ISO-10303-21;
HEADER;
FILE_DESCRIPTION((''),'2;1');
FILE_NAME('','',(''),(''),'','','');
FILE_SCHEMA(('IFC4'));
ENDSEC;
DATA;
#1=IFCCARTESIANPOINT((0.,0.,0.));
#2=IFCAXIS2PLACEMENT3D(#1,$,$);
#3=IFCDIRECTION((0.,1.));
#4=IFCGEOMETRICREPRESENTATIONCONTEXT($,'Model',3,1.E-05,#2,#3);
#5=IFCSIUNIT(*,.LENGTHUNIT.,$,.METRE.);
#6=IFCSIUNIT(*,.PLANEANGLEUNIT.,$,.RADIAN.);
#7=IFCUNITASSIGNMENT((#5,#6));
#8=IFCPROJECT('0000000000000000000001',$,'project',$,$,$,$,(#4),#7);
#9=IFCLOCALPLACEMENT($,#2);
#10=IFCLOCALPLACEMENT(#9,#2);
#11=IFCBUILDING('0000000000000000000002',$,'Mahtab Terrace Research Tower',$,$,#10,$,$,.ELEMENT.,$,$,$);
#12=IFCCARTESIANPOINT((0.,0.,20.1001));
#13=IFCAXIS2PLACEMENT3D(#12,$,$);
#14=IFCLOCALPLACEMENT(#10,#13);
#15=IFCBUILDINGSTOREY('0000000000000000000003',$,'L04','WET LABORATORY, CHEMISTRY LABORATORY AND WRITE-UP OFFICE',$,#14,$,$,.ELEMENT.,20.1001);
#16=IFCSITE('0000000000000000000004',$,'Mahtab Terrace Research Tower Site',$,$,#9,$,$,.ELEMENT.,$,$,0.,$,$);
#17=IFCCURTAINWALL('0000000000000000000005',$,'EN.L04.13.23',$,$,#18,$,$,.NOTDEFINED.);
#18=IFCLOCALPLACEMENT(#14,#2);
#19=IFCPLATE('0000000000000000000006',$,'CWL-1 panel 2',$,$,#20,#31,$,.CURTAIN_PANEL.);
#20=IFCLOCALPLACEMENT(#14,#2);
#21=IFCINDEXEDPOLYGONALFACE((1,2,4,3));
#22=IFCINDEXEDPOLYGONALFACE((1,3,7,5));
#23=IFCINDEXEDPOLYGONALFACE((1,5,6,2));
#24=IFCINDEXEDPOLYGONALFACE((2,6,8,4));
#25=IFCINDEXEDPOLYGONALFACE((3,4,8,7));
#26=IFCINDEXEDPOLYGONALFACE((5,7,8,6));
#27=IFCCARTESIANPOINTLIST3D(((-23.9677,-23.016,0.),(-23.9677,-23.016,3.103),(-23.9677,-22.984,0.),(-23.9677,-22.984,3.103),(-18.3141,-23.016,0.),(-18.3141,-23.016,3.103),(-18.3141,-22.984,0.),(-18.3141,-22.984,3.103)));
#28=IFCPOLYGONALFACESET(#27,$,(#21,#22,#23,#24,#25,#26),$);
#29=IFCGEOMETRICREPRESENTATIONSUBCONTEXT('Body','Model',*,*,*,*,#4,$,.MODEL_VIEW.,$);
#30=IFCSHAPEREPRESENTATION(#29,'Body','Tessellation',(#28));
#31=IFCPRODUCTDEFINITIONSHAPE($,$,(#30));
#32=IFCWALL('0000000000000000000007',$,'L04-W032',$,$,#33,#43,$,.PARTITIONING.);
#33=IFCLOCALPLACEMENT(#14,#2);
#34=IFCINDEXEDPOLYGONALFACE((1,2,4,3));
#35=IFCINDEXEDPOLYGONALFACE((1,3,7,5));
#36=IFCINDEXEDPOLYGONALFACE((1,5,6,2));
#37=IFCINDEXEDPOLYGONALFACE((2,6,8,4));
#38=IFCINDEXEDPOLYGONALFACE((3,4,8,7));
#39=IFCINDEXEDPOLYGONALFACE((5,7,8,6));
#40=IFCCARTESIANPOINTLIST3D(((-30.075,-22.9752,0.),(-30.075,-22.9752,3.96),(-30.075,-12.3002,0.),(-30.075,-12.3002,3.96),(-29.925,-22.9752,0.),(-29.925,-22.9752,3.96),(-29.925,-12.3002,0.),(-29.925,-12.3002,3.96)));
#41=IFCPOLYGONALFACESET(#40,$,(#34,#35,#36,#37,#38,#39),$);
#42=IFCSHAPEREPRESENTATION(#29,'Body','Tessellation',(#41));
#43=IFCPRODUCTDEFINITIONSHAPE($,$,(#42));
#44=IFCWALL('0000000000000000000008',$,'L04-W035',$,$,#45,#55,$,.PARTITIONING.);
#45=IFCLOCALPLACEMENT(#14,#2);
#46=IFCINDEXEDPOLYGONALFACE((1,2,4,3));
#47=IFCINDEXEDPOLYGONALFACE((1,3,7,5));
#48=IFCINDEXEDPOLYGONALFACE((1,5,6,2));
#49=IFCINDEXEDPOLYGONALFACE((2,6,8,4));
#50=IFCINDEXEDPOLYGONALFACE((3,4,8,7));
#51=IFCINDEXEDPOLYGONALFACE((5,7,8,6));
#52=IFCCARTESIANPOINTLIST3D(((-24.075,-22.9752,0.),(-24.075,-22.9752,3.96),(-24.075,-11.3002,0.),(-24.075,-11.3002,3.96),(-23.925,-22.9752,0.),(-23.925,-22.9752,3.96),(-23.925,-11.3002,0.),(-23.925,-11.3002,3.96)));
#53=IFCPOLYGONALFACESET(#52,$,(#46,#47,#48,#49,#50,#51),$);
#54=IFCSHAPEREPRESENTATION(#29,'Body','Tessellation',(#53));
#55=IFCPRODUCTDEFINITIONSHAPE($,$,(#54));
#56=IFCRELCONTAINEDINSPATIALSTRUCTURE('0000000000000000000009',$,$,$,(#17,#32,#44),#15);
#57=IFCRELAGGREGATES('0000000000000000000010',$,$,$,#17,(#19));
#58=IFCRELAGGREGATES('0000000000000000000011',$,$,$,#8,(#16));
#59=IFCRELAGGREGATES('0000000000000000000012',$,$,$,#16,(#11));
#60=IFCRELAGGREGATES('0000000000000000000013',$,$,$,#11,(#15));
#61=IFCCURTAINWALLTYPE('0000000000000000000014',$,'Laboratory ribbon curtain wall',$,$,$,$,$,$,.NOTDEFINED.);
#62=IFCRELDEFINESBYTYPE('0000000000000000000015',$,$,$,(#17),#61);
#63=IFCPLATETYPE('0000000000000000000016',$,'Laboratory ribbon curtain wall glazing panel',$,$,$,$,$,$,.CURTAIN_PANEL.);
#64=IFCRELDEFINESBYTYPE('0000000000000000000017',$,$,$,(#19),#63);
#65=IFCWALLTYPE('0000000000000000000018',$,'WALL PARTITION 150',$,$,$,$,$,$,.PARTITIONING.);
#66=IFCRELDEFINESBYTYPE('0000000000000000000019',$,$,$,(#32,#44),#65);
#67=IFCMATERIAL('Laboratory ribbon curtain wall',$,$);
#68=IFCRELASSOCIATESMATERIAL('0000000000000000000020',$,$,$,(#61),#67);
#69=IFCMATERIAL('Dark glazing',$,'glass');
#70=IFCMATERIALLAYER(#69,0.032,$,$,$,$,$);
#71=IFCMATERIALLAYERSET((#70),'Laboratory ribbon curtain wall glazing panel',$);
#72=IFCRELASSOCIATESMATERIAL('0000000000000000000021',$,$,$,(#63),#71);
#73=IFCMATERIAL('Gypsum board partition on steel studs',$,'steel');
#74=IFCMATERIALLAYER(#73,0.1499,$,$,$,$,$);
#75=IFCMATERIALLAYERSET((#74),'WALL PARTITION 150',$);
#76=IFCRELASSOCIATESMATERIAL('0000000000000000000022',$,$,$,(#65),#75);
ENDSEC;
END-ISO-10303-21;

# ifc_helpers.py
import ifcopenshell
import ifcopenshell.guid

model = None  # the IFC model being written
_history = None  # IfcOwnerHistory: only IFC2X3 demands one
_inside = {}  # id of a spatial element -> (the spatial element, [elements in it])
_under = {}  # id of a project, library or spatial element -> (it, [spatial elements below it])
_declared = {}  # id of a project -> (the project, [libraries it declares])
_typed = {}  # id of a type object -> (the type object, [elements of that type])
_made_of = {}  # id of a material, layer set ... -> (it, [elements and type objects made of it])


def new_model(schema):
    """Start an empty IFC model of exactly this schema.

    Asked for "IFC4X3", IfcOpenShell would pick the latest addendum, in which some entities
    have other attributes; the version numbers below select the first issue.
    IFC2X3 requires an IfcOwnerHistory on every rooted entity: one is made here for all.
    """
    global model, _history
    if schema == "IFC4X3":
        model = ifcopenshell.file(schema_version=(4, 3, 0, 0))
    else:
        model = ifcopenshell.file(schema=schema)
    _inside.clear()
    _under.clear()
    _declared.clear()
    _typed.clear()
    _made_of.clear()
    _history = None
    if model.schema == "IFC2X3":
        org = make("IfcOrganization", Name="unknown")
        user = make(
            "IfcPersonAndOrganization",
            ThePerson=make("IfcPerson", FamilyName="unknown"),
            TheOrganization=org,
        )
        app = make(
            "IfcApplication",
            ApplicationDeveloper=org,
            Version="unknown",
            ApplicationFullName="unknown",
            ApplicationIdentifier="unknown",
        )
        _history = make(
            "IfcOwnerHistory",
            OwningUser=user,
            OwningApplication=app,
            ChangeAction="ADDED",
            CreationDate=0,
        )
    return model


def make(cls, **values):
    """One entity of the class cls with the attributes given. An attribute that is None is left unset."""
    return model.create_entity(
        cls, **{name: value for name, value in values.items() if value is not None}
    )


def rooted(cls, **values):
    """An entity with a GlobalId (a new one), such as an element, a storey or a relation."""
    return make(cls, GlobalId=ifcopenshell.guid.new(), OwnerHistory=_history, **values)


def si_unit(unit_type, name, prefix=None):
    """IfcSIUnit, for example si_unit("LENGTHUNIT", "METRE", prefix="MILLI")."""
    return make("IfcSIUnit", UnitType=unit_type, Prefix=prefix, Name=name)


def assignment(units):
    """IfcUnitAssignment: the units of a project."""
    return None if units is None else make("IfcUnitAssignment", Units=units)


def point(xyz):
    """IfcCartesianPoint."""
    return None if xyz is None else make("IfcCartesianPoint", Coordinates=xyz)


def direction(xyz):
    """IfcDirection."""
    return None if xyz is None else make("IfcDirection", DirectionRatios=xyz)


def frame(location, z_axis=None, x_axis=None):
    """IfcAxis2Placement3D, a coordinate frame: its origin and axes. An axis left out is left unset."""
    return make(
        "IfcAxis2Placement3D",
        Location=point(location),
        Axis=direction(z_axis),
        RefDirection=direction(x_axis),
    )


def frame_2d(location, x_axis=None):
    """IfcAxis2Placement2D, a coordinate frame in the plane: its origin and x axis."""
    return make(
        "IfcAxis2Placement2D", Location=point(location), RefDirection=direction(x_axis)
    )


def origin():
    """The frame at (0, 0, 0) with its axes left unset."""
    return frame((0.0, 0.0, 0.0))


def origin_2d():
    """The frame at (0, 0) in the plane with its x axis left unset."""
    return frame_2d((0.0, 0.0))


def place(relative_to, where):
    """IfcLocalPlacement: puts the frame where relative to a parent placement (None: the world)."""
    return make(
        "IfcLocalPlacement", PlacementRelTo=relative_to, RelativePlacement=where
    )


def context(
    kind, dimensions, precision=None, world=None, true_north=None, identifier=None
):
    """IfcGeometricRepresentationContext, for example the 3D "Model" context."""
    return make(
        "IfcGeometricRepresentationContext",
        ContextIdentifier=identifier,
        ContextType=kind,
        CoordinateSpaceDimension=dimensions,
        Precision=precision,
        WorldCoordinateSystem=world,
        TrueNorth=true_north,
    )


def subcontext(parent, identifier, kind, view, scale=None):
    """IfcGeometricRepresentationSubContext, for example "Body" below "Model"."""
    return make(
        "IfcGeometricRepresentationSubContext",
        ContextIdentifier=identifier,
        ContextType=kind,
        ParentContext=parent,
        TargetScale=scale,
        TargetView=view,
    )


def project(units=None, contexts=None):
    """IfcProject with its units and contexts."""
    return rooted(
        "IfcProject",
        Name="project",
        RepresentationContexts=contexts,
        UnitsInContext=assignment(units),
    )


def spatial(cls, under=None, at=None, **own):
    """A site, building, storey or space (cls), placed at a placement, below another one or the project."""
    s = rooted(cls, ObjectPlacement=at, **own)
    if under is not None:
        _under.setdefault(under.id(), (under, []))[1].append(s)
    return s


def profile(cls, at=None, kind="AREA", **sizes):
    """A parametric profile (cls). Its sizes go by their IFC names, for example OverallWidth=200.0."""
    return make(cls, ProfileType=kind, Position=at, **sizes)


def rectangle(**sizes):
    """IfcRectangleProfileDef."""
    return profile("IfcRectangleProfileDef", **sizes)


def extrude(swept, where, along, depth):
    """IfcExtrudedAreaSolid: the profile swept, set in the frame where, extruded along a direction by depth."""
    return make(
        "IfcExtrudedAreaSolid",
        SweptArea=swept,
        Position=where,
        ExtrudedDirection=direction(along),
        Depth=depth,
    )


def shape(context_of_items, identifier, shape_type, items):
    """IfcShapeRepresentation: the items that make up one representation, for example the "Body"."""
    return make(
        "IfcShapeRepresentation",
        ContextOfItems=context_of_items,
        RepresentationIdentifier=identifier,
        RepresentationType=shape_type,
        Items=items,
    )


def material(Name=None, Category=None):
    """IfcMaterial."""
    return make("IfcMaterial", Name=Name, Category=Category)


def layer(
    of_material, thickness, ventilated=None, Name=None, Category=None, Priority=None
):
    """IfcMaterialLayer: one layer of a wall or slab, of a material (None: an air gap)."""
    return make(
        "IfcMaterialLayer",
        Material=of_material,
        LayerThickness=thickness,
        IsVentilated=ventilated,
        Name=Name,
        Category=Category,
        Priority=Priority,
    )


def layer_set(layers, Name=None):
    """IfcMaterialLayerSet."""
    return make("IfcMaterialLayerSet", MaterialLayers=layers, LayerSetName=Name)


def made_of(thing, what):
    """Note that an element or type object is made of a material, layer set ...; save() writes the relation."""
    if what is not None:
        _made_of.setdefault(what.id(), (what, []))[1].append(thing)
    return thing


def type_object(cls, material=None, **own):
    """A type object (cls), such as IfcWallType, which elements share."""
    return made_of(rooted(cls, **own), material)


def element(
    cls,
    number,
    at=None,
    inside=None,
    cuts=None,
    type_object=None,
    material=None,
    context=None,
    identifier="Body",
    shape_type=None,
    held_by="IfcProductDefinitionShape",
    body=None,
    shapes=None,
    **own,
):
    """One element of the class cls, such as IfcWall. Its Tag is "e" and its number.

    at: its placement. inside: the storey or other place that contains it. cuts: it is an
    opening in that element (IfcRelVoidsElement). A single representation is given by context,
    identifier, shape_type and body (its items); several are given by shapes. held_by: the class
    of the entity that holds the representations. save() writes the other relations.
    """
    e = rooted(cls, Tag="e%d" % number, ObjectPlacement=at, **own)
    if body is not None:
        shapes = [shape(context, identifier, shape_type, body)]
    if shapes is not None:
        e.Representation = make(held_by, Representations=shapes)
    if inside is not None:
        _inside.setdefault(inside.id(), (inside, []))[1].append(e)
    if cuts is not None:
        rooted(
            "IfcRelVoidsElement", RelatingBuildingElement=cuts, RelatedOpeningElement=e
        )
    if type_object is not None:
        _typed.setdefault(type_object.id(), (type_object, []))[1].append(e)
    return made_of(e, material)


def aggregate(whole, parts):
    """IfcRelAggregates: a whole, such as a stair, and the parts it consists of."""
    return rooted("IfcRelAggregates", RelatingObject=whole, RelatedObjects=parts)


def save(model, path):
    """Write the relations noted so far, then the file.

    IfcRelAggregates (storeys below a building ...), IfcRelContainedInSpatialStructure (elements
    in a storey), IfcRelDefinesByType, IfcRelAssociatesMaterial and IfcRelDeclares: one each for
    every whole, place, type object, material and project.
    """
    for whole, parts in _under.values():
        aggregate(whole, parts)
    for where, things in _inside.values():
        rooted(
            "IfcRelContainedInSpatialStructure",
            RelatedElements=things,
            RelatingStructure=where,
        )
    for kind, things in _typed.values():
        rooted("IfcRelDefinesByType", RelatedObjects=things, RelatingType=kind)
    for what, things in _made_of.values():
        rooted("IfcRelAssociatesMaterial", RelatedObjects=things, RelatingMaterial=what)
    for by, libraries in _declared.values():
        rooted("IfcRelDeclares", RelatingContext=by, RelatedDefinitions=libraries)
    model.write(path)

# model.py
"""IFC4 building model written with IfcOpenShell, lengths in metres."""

from ifc_helpers import new_model, si_unit, direction, frame, frame_2d, origin, origin_2d, place, context, subcontext, project, spatial, rectangle, extrude, material, layer, layer_set, type_object, element, aggregate, save


model = new_model("IFC4")

# Units and contexts
model_context = context("Model", 3, precision=1e-05, world=origin(), true_north=direction((0.0, 1.0)))
body_context = subcontext(model_context, "Body", "Model", "MODEL_VIEW")
ifc_project = project(units=[si_unit("LENGTHUNIT", "METRE"), si_unit("PLANEANGLEUNIT", "RADIAN")], contexts=[model_context])

# Site, building, storey
site_placement = place(None, origin())
site = spatial("IfcSite", under=ifc_project, at=site_placement, Name="Mahtab Terrace Research Tower Site", CompositionType="ELEMENT", RefElevation=0.0)
building_placement = place(site_placement, origin())
building = spatial("IfcBuilding", under=site, at=building_placement, Name="Mahtab Terrace Research Tower", CompositionType="ELEMENT")
storey_placement = place(building_placement, frame((0.0, 0.0, 20.1001)))
storey = spatial("IfcBuildingStorey", under=building, at=storey_placement, Name="L04", Description="WET LABORATORY, CHEMISTRY LABORATORY AND WRITE-UP OFFICE", CompositionType="ELEMENT", Elevation=20.1001)

# Curtain wall
ifc_material_1 = material(Name="Laboratory ribbon curtain wall")
curtain_wall_type = type_object("IfcCurtainWallType", Name="Laboratory ribbon curtain wall", PredefinedType="NOTDEFINED", material=ifc_material_1)
curtain_wall_1_placement = place(storey_placement, origin())
curtain_wall_1 = element("IfcCurtainWall", 1, at=curtain_wall_1_placement, inside=storey, type_object=curtain_wall_type, Name="EN.L04.13.23", PredefinedType="NOTDEFINED")

# Plate
ifc_material_2 = material(Name="Dark glazing", Category="glass")
ifc_layer_1 = layer(ifc_material_2, 0.032)
ifc_layer_set_1 = layer_set([ifc_layer_1], Name="Laboratory ribbon curtain wall glazing panel")
plate_type = type_object("IfcPlateType", Name="Laboratory ribbon curtain wall glazing panel", PredefinedType="CURTAIN_PANEL", material=ifc_layer_set_1)
plate_1_placement = place(storey_placement, frame((-21.1409, -23.0, 0.0), z_axis=(0.0, 0.0, 1.0), x_axis=(1.0, 0.0, 0.0)))
plate_1 = element("IfcPlate", 2, at=plate_1_placement, type_object=plate_type, Name="CWL-1 panel 2", PredefinedType="CURTAIN_PANEL", context=body_context, shape_type="SweptSolid", body=[
    extrude(rectangle(XDim=5.6536, YDim=0.032, at=origin_2d()), origin(), (0.0, 0.0, 1.0), 3.103),
])
aggregate(curtain_wall_1, [plate_1])

# Walls
ifc_material_3 = material(Name="Gypsum board partition on steel studs", Category="steel")
ifc_layer_2 = layer(ifc_material_3, 0.1499)
ifc_layer_set_2 = layer_set([ifc_layer_2], Name="WALL PARTITION 150")
wall_type = type_object("IfcWallType", Name="WALL PARTITION 150", PredefinedType="PARTITIONING", material=ifc_layer_set_2)
wall_1_placement = place(storey_placement, frame((-30.0, -22.9751, 0.0), z_axis=(0.0, 0.0, 1.0), x_axis=(0.0, 1.0, 0.0)))
element("IfcWall", 3, at=wall_1_placement, inside=storey, type_object=wall_type, Name="L04-W032", PredefinedType="PARTITIONING", context=body_context, shape_type="SweptSolid", body=[
    extrude(rectangle(XDim=10.675, YDim=0.1499, at=frame_2d((5.3374, 0.0))), origin(), (0.0, 0.0, 1.0), 3.96),
])
wall_2_placement = place(storey_placement, frame((-24.0, -22.9751, 0.0), z_axis=(0.0, 0.0, 1.0), x_axis=(0.0, 1.0, 0.0)))
element("IfcWall", 4, at=wall_2_placement, inside=storey, type_object=wall_type, Name="L04-W035", PredefinedType="PARTITIONING", context=body_context, shape_type="SweptSolid", body=[
    extrude(rectangle(XDim=11.675, YDim=0.1499, at=frame_2d((5.8374, 0.0))), origin(), (0.0, 0.0, 1.0), 3.96),
])

save(model, "model.ifc")
